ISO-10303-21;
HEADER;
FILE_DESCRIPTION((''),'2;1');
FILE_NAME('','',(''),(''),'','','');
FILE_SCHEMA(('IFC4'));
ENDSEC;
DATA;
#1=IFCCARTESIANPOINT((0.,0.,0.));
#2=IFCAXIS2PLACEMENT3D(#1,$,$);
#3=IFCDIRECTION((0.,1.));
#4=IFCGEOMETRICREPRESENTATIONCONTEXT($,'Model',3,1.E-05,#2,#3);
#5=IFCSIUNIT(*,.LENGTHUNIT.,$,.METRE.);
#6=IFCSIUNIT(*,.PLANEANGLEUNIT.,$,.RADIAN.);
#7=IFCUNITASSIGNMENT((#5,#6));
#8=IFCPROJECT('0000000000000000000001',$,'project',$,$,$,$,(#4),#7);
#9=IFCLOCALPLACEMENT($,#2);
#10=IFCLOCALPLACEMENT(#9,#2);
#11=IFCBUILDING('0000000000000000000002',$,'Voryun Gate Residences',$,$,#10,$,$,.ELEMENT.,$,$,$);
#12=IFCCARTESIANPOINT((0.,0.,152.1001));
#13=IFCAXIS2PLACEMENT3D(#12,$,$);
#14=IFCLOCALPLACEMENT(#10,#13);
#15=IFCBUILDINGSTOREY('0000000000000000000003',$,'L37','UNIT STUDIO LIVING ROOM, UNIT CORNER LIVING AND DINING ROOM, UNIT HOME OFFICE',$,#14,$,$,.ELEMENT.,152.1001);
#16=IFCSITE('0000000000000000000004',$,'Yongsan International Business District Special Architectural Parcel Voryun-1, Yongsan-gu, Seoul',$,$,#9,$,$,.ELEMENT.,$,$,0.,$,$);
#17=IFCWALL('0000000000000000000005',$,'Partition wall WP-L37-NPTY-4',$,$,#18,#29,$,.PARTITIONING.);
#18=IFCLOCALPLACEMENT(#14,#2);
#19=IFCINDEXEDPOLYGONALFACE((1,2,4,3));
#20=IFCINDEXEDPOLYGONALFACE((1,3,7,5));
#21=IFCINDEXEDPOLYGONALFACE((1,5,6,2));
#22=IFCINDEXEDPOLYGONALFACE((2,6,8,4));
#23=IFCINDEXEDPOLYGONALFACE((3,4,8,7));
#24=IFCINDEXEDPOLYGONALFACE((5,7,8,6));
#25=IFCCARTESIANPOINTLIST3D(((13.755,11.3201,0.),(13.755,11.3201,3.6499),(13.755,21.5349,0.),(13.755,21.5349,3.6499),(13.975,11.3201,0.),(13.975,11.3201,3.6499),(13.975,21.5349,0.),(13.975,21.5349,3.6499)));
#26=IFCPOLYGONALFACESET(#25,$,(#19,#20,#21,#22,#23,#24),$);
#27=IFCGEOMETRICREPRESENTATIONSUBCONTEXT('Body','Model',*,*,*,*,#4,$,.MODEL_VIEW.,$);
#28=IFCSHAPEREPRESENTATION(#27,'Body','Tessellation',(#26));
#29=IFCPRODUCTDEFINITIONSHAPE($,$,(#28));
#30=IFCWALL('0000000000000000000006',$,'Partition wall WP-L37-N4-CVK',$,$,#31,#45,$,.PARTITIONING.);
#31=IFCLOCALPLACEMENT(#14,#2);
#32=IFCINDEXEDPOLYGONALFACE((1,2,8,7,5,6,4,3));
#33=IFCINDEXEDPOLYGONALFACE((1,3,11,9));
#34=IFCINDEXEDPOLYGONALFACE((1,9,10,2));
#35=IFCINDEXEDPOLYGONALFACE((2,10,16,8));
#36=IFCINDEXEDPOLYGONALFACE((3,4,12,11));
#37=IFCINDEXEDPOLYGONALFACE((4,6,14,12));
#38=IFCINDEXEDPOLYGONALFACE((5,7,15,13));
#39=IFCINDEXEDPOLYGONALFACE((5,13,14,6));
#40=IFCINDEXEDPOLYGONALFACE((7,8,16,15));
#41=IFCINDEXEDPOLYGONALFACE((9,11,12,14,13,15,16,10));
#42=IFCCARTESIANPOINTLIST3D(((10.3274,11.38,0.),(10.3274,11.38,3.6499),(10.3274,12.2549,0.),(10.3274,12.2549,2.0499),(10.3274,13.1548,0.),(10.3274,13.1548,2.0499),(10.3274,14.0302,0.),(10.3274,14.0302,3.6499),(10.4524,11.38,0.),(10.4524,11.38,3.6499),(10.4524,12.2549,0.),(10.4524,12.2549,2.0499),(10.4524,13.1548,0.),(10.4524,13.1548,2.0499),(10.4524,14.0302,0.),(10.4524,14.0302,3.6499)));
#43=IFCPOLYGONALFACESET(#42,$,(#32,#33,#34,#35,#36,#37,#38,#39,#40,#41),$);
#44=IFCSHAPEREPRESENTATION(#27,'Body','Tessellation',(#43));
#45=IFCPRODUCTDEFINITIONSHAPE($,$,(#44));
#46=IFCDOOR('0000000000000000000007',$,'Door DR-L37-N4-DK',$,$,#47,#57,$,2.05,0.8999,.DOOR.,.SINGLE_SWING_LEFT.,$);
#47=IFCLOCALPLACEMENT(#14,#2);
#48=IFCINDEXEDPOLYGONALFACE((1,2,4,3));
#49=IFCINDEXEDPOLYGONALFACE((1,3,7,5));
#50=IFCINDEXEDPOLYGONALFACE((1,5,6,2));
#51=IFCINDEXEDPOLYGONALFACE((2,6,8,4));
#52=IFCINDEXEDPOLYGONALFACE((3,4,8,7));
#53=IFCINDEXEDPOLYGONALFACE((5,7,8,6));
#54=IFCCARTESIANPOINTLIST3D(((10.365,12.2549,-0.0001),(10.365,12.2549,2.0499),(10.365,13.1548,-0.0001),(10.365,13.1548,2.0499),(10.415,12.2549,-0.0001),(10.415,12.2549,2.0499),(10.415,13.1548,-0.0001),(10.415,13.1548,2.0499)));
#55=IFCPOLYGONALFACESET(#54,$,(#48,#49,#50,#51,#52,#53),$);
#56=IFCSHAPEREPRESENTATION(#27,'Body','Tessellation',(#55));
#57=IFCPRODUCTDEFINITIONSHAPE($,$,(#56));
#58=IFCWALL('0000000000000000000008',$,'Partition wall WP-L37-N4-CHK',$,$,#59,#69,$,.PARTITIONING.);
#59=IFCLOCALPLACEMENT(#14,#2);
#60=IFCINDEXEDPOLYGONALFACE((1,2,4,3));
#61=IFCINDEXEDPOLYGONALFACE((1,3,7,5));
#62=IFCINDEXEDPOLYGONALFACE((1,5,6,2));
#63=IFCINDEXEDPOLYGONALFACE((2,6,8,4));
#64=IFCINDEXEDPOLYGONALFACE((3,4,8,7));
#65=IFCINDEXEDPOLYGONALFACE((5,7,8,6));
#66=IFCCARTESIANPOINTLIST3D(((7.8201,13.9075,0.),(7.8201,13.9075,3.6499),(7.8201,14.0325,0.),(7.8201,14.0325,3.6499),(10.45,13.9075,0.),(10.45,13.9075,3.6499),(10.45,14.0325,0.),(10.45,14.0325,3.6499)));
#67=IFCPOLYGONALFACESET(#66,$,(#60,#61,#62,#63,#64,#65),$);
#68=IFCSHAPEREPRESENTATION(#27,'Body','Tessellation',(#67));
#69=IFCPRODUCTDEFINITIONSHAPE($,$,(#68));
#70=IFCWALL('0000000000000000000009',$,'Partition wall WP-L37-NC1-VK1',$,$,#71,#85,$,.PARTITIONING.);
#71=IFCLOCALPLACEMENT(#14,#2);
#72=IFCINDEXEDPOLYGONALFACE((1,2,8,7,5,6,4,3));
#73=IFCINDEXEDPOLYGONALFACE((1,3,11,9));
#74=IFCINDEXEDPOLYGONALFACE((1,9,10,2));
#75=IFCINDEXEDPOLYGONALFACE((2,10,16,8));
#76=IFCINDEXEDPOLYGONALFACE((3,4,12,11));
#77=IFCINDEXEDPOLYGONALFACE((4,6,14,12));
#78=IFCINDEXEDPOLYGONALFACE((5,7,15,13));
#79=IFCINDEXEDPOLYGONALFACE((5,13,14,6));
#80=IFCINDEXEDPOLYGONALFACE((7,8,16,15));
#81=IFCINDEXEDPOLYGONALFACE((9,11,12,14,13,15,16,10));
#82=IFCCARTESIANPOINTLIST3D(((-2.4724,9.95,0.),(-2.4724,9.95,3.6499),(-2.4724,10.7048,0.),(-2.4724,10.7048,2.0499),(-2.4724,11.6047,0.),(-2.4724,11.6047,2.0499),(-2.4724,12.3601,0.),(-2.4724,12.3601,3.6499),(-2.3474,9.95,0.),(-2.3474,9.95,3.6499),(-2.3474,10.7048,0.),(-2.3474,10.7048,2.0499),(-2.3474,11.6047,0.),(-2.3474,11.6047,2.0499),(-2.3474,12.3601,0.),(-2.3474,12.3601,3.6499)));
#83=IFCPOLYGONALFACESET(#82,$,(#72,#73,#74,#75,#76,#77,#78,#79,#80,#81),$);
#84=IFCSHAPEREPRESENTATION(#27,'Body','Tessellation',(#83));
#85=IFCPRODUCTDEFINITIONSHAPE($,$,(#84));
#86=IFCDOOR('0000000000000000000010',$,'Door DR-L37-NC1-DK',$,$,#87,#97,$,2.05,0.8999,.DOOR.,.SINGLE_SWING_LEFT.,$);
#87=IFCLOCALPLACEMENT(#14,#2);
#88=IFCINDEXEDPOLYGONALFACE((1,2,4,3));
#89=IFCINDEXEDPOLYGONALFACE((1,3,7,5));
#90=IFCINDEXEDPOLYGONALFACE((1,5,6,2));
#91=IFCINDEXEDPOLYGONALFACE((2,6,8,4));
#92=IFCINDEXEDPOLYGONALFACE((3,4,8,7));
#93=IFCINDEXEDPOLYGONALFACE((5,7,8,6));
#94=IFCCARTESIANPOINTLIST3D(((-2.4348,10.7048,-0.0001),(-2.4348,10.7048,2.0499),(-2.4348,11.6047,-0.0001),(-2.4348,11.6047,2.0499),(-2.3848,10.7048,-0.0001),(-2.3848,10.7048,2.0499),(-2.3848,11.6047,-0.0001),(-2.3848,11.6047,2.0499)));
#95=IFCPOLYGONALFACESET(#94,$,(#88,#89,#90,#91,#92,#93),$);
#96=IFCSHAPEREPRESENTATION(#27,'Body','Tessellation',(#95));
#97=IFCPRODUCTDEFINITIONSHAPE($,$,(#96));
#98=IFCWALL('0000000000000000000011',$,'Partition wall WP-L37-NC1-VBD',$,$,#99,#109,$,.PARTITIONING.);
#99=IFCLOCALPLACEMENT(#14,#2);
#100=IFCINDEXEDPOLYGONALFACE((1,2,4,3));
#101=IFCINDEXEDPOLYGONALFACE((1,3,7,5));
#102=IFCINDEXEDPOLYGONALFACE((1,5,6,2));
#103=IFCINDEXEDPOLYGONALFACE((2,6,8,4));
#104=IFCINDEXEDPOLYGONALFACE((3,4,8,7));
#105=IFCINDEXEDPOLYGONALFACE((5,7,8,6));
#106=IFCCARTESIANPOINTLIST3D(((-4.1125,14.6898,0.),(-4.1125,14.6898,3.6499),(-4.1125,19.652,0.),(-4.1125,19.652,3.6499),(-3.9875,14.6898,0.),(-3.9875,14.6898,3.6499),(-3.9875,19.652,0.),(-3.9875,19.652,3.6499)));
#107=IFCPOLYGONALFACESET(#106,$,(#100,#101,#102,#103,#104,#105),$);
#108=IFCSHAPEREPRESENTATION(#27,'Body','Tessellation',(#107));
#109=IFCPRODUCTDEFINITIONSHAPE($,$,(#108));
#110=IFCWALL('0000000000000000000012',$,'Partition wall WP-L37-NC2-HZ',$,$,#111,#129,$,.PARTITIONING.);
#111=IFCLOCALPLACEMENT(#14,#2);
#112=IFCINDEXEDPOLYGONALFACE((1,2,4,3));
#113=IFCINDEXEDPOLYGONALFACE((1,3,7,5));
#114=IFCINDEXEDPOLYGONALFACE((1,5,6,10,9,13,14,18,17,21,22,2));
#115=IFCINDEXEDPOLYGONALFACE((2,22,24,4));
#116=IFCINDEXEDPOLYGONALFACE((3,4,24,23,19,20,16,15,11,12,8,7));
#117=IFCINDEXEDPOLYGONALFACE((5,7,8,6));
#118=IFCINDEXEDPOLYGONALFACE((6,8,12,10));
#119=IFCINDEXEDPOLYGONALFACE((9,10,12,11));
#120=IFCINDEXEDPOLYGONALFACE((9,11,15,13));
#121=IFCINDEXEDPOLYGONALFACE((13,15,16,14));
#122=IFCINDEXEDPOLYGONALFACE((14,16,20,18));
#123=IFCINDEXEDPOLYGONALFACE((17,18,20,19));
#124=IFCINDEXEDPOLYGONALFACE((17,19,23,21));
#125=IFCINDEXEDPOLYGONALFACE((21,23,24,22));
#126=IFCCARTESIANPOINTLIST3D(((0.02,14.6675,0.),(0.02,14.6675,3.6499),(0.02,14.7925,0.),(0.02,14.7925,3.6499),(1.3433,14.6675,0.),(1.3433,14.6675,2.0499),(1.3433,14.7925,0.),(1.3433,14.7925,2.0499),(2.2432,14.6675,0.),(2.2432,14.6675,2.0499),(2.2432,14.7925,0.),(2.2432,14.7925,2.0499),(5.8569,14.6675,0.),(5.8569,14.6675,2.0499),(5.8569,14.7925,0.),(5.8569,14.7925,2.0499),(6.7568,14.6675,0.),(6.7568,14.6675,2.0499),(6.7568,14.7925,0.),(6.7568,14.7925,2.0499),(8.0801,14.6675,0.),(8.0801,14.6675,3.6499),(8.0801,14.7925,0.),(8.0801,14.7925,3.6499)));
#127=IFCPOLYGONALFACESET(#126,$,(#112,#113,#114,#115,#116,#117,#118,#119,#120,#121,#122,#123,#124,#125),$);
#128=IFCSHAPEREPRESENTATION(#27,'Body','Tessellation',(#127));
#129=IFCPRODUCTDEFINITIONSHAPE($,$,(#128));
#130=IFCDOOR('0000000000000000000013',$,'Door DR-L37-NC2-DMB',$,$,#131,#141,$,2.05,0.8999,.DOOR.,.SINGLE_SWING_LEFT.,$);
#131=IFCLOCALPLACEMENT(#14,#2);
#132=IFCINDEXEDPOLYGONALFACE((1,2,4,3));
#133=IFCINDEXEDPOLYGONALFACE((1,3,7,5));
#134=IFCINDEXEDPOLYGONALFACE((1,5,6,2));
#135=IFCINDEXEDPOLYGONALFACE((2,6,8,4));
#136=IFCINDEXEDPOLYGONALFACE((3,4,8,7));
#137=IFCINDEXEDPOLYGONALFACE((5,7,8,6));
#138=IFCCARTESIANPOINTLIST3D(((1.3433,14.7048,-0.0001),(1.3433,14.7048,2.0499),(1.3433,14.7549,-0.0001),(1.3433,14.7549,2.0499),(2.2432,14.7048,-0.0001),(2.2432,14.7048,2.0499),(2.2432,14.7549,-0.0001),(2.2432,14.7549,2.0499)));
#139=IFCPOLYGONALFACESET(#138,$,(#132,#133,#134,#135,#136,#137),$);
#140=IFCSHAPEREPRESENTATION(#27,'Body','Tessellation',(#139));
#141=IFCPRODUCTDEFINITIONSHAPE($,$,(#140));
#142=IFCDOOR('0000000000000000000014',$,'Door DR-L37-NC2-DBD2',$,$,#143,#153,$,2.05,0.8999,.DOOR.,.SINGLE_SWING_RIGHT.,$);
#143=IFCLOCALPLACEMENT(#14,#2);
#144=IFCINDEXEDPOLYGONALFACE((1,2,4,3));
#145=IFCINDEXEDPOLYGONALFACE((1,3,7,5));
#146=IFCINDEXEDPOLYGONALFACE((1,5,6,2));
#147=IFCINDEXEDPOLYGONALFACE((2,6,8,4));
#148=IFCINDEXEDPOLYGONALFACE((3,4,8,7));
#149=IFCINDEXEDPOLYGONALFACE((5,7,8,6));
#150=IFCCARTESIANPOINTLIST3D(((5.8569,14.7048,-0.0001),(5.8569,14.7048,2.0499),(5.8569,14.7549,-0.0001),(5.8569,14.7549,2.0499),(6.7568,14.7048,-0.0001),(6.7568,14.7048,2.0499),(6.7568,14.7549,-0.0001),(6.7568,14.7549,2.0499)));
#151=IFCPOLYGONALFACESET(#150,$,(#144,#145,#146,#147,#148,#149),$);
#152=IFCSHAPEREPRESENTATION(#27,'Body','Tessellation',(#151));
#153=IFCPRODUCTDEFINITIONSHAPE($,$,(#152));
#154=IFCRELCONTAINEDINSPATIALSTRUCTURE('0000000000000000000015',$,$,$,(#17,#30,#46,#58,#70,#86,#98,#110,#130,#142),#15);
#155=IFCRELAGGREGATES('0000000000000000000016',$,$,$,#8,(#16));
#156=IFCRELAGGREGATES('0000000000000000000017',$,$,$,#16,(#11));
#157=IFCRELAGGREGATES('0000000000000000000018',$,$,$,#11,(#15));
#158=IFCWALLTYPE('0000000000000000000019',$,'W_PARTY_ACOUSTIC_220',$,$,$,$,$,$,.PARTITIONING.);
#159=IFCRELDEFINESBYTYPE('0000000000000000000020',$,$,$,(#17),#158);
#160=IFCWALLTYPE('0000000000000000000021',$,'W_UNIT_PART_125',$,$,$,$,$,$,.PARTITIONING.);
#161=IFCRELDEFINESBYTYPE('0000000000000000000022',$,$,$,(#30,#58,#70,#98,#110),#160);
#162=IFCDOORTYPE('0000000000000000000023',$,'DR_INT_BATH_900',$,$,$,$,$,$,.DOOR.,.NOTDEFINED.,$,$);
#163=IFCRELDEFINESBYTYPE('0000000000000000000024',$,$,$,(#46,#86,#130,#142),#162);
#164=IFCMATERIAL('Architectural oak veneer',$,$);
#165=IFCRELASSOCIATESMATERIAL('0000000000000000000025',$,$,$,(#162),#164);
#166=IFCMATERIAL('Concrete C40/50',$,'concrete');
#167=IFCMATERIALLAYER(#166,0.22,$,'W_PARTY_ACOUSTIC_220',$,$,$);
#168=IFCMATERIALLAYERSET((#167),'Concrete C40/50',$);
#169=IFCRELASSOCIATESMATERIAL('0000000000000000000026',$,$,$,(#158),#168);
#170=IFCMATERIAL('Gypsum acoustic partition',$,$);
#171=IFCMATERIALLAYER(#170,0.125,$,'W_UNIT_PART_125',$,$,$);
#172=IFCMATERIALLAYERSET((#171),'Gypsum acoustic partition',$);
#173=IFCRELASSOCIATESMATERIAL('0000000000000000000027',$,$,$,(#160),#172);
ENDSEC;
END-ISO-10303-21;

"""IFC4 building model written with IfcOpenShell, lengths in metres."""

from ifc_helpers import new_model, si_unit, direction, frame, frame_2d, origin, place, context, subcontext, project, spatial, rectangle, extrude, material, layer, layer_set, type_object, element, fill, save


model = new_model("IFC4")

# Units and contexts
model_context = context("Model", 3, precision=1e-05, world=origin(), true_north=direction((0.0, 1.0)))
body_context = subcontext(model_context, "Body", "Model", "MODEL_VIEW")
ifc_project = project(units=[si_unit("LENGTHUNIT", "METRE"), si_unit("PLANEANGLEUNIT", "RADIAN")], contexts=[model_context])

# Site, building, storey
site_placement = place(None, origin())
site = spatial("IfcSite", under=ifc_project, at=site_placement, Name="Yongsan International Business District Special Architectural Parcel Voryun-1, Yongsan-gu, Seoul", CompositionType="ELEMENT", RefElevation=0.0)
building_placement = place(site_placement, origin())
building = spatial("IfcBuilding", under=site, at=building_placement, Name="Voryun Gate Residences", CompositionType="ELEMENT")
storey_placement = place(building_placement, frame((0.0, 0.0, 152.1001)))
storey = spatial("IfcBuildingStorey", under=building, at=storey_placement, Name="L37", Description="UNIT STUDIO LIVING ROOM, UNIT CORNER LIVING AND DINING ROOM, UNIT HOME OFFICE", CompositionType="ELEMENT", Elevation=152.1001)

# Shared definitions
ifc_material_1 = material(Name="Architectural oak veneer")
door_type_1 = type_object("IfcDoorType", Name="DR_INT_BATH_900", OperationType="NOTDEFINED", PredefinedType="DOOR", material=ifc_material_1)

# Wall
ifc_material_2 = material(Name="Concrete C40/50", Category="concrete")
ifc_layer_1 = layer(ifc_material_2, 0.22, Name="W_PARTY_ACOUSTIC_220")
ifc_layer_set_1 = layer_set([ifc_layer_1], Name="Concrete C40/50")
wall_type_1 = type_object("IfcWallType", Name="W_PARTY_ACOUSTIC_220", PredefinedType="PARTITIONING", material=ifc_layer_set_1)
wall_1_placement = place(storey_placement, frame((13.865, 11.3201, 0.0), z_axis=(0.0, 0.0, 1.0), x_axis=(0.0, 1.0, 0.0)))
element("IfcWall", 1, at=wall_1_placement, inside=storey, type_object=wall_type_1, Name="Partition wall WP-L37-NPTY-4", PredefinedType="PARTITIONING", context=body_context, shape_type="SweptSolid", body=[
    extrude(rectangle(XDim=10.2148, YDim=0.22, at=frame_2d((5.1074, 0.0))), origin(), (0.0, 0.0, 1.0), 3.6499),
])

# Wall, opening, door
ifc_material_3 = material(Name="Gypsum acoustic partition")
ifc_layer_2 = layer(ifc_material_3, 0.125, Name="W_UNIT_PART_125")
ifc_layer_set_2 = layer_set([ifc_layer_2], Name="Gypsum acoustic partition")
wall_type_2 = type_object("IfcWallType", Name="W_UNIT_PART_125", PredefinedType="PARTITIONING", material=ifc_layer_set_2)
wall_2_placement = place(storey_placement, frame((10.3899, 11.3799, 0.0), z_axis=(0.0, 0.0, 1.0), x_axis=(0.0, 1.0, 0.0)))
wall_2 = element("IfcWall", 2, at=wall_2_placement, inside=storey, type_object=wall_type_2, Name="Partition wall WP-L37-N4-CVK", PredefinedType="PARTITIONING", context=body_context, shape_type="SweptSolid", body=[
    extrude(rectangle(XDim=2.6501, YDim=0.125, at=frame_2d((1.3252, 0.0))), origin(), (0.0, 0.0, 1.0), 3.6499),
])
opening_1_placement = place(wall_2_placement, frame((0.875, 0.0, 0.0)))
opening_1 = element("IfcOpeningElement", 3, at=opening_1_placement, cuts=wall_2, PredefinedType="OPENING", context=body_context, shape_type="SweptSolid", body=[
    extrude(rectangle(XDim=0.8999, YDim=2.05, at=frame_2d((0.45, 1.0249))), frame((0.0, 0.0725, 0.0), z_axis=(0.0, -1.0, 0.0), x_axis=(1.0, 0.0, 0.0)), (0.0, 0.0, 1.0), 0.145),
])
door_1_placement = place(opening_1_placement, origin())
door_1 = element("IfcDoor", 4, at=door_1_placement, inside=storey, type_object=door_type_1, Name="Door DR-L37-N4-DK", OperationType="SINGLE_SWING_LEFT", OverallHeight=2.05, OverallWidth=0.8999, PredefinedType="DOOR", context=body_context, shape_type="SweptSolid", body=[
    extrude(rectangle(XDim=0.8999, YDim=2.05, at=frame_2d((0.45, 1.0249))), frame((0.0, 0.0249, 0.0), z_axis=(0.0, -1.0, 0.0), x_axis=(1.0, 0.0, 0.0)), (0.0, 0.0, 1.0), 0.05),
])
fill(opening_1, door_1)

# Wall
wall_3_placement = place(storey_placement, frame((7.8201, 13.97, 0.0), z_axis=(0.0, 0.0, 1.0), x_axis=(1.0, 0.0, 0.0)))
element("IfcWall", 5, at=wall_3_placement, inside=storey, type_object=wall_type_2, Name="Partition wall WP-L37-N4-CHK", PredefinedType="PARTITIONING", context=body_context, shape_type="SweptSolid", body=[
    extrude(rectangle(XDim=2.6299, YDim=0.125, at=frame_2d((1.3149, 0.0))), origin(), (0.0, 0.0, 1.0), 3.6499),
])

# Wall, opening, door
wall_4_placement = place(storey_placement, frame((-2.4099, 9.95, 0.0), z_axis=(0.0, 0.0, 1.0), x_axis=(0.0, 1.0, 0.0)))
wall_4 = element("IfcWall", 6, at=wall_4_placement, inside=storey, type_object=wall_type_2, Name="Partition wall WP-L37-NC1-VK1", PredefinedType="PARTITIONING", context=body_context, shape_type="SweptSolid", body=[
    extrude(rectangle(XDim=2.4102, YDim=0.125, at=frame_2d((1.2051, 0.0))), origin(), (0.0, 0.0, 1.0), 3.6499),
])
opening_2_placement = place(wall_4_placement, frame((0.7549, 0.0, 0.0)))
opening_2 = element("IfcOpeningElement", 7, at=opening_2_placement, cuts=wall_4, PredefinedType="OPENING", context=body_context, shape_type="SweptSolid", body=[
    extrude(rectangle(XDim=0.8999, YDim=2.05, at=frame_2d((0.45, 1.0249))), frame((0.0, 0.0725, 0.0), z_axis=(0.0, -1.0, 0.0), x_axis=(1.0, 0.0, 0.0)), (0.0, 0.0, 1.0), 0.145),
])
door_2_placement = place(opening_2_placement, origin())
door_2 = element("IfcDoor", 8, at=door_2_placement, inside=storey, type_object=door_type_1, Name="Door DR-L37-NC1-DK", OperationType="SINGLE_SWING_LEFT", OverallHeight=2.05, OverallWidth=0.8999, PredefinedType="DOOR", context=body_context, shape_type="SweptSolid", body=[
    extrude(rectangle(XDim=0.8999, YDim=2.05, at=frame_2d((0.45, 1.0249))), frame((0.0, 0.0249, 0.0), z_axis=(0.0, -1.0, 0.0), x_axis=(1.0, 0.0, 0.0)), (0.0, 0.0, 1.0), 0.05),
])
fill(opening_2, door_2)

# Wall
wall_5_placement = place(storey_placement, frame((-4.05, 14.6899, 0.0), z_axis=(0.0, 0.0, 1.0), x_axis=(0.0, 1.0, 0.0)))
element("IfcWall", 9, at=wall_5_placement, inside=storey, type_object=wall_type_2, Name="Partition wall WP-L37-NC1-VBD", PredefinedType="PARTITIONING", context=body_context, shape_type="SweptSolid", body=[
    extrude(rectangle(XDim=4.9622, YDim=0.125, at=frame_2d((2.481, 0.0))), origin(), (0.0, 0.0, 1.0), 3.6499),
])

# Wall, openings, doors
wall_6_placement = place(storey_placement, frame((0.02, 14.73, 0.0), z_axis=(0.0, 0.0, 1.0), x_axis=(1.0, 0.0, 0.0)))
wall_6 = element("IfcWall", 10, at=wall_6_placement, inside=storey, type_object=wall_type_2, Name="Partition wall WP-L37-NC2-HZ", PredefinedType="PARTITIONING", context=body_context, shape_type="SweptSolid", body=[
    extrude(rectangle(XDim=8.0601, YDim=0.125, at=frame_2d((4.03, 0.0))), origin(), (0.0, 0.0, 1.0), 3.6499),
])
opening_3_placement = place(wall_6_placement, frame((1.3232, 0.0, 0.0)))
opening_3 = element("IfcOpeningElement", 11, at=opening_3_placement, cuts=wall_6, PredefinedType="OPENING", context=body_context, shape_type="SweptSolid", body=[
    extrude(rectangle(XDim=0.8999, YDim=2.05, at=frame_2d((0.45, 1.0249))), frame((0.0, 0.0725, 0.0), z_axis=(0.0, -1.0, 0.0), x_axis=(1.0, 0.0, 0.0)), (0.0, 0.0, 1.0), 0.145),
])
opening_4_placement = place(wall_6_placement, frame((5.8369, 0.0, 0.0)))
opening_4 = element("IfcOpeningElement", 12, at=opening_4_placement, cuts=wall_6, PredefinedType="OPENING", context=body_context, shape_type="SweptSolid", body=[
    extrude(rectangle(XDim=0.8999, YDim=2.05, at=frame_2d((0.45, 1.0249))), frame((0.0, 0.0725, 0.0), z_axis=(0.0, -1.0, 0.0), x_axis=(1.0, 0.0, 0.0)), (0.0, 0.0, 1.0), 0.145),
])
door_3_placement = place(opening_3_placement, origin())
door_3 = element("IfcDoor", 13, at=door_3_placement, inside=storey, type_object=door_type_1, Name="Door DR-L37-NC2-DMB", OperationType="SINGLE_SWING_LEFT", OverallHeight=2.05, OverallWidth=0.8999, PredefinedType="DOOR", context=body_context, shape_type="SweptSolid", body=[
    extrude(rectangle(XDim=0.8999, YDim=2.05, at=frame_2d((0.45, 1.0249))), frame((0.0, 0.0249, 0.0), z_axis=(0.0, -1.0, 0.0), x_axis=(1.0, 0.0, 0.0)), (0.0, 0.0, 1.0), 0.05),
])
fill(opening_3, door_3)
door_4_placement = place(opening_4_placement, origin())
door_4 = element("IfcDoor", 14, at=door_4_placement, inside=storey, type_object=door_type_1, Name="Door DR-L37-NC2-DBD2", OperationType="SINGLE_SWING_RIGHT", OverallHeight=2.05, OverallWidth=0.8999, PredefinedType="DOOR", context=body_context, shape_type="SweptSolid", body=[
    extrude(rectangle(XDim=0.8999, YDim=2.05, at=frame_2d((0.45, 1.0249))), frame((0.0, 0.0249, 0.0), z_axis=(0.0, -1.0, 0.0), x_axis=(1.0, 0.0, 0.0)), (0.0, 0.0, 1.0), 0.05),
])
fill(opening_4, door_4)

save(model, "model.ifc")
